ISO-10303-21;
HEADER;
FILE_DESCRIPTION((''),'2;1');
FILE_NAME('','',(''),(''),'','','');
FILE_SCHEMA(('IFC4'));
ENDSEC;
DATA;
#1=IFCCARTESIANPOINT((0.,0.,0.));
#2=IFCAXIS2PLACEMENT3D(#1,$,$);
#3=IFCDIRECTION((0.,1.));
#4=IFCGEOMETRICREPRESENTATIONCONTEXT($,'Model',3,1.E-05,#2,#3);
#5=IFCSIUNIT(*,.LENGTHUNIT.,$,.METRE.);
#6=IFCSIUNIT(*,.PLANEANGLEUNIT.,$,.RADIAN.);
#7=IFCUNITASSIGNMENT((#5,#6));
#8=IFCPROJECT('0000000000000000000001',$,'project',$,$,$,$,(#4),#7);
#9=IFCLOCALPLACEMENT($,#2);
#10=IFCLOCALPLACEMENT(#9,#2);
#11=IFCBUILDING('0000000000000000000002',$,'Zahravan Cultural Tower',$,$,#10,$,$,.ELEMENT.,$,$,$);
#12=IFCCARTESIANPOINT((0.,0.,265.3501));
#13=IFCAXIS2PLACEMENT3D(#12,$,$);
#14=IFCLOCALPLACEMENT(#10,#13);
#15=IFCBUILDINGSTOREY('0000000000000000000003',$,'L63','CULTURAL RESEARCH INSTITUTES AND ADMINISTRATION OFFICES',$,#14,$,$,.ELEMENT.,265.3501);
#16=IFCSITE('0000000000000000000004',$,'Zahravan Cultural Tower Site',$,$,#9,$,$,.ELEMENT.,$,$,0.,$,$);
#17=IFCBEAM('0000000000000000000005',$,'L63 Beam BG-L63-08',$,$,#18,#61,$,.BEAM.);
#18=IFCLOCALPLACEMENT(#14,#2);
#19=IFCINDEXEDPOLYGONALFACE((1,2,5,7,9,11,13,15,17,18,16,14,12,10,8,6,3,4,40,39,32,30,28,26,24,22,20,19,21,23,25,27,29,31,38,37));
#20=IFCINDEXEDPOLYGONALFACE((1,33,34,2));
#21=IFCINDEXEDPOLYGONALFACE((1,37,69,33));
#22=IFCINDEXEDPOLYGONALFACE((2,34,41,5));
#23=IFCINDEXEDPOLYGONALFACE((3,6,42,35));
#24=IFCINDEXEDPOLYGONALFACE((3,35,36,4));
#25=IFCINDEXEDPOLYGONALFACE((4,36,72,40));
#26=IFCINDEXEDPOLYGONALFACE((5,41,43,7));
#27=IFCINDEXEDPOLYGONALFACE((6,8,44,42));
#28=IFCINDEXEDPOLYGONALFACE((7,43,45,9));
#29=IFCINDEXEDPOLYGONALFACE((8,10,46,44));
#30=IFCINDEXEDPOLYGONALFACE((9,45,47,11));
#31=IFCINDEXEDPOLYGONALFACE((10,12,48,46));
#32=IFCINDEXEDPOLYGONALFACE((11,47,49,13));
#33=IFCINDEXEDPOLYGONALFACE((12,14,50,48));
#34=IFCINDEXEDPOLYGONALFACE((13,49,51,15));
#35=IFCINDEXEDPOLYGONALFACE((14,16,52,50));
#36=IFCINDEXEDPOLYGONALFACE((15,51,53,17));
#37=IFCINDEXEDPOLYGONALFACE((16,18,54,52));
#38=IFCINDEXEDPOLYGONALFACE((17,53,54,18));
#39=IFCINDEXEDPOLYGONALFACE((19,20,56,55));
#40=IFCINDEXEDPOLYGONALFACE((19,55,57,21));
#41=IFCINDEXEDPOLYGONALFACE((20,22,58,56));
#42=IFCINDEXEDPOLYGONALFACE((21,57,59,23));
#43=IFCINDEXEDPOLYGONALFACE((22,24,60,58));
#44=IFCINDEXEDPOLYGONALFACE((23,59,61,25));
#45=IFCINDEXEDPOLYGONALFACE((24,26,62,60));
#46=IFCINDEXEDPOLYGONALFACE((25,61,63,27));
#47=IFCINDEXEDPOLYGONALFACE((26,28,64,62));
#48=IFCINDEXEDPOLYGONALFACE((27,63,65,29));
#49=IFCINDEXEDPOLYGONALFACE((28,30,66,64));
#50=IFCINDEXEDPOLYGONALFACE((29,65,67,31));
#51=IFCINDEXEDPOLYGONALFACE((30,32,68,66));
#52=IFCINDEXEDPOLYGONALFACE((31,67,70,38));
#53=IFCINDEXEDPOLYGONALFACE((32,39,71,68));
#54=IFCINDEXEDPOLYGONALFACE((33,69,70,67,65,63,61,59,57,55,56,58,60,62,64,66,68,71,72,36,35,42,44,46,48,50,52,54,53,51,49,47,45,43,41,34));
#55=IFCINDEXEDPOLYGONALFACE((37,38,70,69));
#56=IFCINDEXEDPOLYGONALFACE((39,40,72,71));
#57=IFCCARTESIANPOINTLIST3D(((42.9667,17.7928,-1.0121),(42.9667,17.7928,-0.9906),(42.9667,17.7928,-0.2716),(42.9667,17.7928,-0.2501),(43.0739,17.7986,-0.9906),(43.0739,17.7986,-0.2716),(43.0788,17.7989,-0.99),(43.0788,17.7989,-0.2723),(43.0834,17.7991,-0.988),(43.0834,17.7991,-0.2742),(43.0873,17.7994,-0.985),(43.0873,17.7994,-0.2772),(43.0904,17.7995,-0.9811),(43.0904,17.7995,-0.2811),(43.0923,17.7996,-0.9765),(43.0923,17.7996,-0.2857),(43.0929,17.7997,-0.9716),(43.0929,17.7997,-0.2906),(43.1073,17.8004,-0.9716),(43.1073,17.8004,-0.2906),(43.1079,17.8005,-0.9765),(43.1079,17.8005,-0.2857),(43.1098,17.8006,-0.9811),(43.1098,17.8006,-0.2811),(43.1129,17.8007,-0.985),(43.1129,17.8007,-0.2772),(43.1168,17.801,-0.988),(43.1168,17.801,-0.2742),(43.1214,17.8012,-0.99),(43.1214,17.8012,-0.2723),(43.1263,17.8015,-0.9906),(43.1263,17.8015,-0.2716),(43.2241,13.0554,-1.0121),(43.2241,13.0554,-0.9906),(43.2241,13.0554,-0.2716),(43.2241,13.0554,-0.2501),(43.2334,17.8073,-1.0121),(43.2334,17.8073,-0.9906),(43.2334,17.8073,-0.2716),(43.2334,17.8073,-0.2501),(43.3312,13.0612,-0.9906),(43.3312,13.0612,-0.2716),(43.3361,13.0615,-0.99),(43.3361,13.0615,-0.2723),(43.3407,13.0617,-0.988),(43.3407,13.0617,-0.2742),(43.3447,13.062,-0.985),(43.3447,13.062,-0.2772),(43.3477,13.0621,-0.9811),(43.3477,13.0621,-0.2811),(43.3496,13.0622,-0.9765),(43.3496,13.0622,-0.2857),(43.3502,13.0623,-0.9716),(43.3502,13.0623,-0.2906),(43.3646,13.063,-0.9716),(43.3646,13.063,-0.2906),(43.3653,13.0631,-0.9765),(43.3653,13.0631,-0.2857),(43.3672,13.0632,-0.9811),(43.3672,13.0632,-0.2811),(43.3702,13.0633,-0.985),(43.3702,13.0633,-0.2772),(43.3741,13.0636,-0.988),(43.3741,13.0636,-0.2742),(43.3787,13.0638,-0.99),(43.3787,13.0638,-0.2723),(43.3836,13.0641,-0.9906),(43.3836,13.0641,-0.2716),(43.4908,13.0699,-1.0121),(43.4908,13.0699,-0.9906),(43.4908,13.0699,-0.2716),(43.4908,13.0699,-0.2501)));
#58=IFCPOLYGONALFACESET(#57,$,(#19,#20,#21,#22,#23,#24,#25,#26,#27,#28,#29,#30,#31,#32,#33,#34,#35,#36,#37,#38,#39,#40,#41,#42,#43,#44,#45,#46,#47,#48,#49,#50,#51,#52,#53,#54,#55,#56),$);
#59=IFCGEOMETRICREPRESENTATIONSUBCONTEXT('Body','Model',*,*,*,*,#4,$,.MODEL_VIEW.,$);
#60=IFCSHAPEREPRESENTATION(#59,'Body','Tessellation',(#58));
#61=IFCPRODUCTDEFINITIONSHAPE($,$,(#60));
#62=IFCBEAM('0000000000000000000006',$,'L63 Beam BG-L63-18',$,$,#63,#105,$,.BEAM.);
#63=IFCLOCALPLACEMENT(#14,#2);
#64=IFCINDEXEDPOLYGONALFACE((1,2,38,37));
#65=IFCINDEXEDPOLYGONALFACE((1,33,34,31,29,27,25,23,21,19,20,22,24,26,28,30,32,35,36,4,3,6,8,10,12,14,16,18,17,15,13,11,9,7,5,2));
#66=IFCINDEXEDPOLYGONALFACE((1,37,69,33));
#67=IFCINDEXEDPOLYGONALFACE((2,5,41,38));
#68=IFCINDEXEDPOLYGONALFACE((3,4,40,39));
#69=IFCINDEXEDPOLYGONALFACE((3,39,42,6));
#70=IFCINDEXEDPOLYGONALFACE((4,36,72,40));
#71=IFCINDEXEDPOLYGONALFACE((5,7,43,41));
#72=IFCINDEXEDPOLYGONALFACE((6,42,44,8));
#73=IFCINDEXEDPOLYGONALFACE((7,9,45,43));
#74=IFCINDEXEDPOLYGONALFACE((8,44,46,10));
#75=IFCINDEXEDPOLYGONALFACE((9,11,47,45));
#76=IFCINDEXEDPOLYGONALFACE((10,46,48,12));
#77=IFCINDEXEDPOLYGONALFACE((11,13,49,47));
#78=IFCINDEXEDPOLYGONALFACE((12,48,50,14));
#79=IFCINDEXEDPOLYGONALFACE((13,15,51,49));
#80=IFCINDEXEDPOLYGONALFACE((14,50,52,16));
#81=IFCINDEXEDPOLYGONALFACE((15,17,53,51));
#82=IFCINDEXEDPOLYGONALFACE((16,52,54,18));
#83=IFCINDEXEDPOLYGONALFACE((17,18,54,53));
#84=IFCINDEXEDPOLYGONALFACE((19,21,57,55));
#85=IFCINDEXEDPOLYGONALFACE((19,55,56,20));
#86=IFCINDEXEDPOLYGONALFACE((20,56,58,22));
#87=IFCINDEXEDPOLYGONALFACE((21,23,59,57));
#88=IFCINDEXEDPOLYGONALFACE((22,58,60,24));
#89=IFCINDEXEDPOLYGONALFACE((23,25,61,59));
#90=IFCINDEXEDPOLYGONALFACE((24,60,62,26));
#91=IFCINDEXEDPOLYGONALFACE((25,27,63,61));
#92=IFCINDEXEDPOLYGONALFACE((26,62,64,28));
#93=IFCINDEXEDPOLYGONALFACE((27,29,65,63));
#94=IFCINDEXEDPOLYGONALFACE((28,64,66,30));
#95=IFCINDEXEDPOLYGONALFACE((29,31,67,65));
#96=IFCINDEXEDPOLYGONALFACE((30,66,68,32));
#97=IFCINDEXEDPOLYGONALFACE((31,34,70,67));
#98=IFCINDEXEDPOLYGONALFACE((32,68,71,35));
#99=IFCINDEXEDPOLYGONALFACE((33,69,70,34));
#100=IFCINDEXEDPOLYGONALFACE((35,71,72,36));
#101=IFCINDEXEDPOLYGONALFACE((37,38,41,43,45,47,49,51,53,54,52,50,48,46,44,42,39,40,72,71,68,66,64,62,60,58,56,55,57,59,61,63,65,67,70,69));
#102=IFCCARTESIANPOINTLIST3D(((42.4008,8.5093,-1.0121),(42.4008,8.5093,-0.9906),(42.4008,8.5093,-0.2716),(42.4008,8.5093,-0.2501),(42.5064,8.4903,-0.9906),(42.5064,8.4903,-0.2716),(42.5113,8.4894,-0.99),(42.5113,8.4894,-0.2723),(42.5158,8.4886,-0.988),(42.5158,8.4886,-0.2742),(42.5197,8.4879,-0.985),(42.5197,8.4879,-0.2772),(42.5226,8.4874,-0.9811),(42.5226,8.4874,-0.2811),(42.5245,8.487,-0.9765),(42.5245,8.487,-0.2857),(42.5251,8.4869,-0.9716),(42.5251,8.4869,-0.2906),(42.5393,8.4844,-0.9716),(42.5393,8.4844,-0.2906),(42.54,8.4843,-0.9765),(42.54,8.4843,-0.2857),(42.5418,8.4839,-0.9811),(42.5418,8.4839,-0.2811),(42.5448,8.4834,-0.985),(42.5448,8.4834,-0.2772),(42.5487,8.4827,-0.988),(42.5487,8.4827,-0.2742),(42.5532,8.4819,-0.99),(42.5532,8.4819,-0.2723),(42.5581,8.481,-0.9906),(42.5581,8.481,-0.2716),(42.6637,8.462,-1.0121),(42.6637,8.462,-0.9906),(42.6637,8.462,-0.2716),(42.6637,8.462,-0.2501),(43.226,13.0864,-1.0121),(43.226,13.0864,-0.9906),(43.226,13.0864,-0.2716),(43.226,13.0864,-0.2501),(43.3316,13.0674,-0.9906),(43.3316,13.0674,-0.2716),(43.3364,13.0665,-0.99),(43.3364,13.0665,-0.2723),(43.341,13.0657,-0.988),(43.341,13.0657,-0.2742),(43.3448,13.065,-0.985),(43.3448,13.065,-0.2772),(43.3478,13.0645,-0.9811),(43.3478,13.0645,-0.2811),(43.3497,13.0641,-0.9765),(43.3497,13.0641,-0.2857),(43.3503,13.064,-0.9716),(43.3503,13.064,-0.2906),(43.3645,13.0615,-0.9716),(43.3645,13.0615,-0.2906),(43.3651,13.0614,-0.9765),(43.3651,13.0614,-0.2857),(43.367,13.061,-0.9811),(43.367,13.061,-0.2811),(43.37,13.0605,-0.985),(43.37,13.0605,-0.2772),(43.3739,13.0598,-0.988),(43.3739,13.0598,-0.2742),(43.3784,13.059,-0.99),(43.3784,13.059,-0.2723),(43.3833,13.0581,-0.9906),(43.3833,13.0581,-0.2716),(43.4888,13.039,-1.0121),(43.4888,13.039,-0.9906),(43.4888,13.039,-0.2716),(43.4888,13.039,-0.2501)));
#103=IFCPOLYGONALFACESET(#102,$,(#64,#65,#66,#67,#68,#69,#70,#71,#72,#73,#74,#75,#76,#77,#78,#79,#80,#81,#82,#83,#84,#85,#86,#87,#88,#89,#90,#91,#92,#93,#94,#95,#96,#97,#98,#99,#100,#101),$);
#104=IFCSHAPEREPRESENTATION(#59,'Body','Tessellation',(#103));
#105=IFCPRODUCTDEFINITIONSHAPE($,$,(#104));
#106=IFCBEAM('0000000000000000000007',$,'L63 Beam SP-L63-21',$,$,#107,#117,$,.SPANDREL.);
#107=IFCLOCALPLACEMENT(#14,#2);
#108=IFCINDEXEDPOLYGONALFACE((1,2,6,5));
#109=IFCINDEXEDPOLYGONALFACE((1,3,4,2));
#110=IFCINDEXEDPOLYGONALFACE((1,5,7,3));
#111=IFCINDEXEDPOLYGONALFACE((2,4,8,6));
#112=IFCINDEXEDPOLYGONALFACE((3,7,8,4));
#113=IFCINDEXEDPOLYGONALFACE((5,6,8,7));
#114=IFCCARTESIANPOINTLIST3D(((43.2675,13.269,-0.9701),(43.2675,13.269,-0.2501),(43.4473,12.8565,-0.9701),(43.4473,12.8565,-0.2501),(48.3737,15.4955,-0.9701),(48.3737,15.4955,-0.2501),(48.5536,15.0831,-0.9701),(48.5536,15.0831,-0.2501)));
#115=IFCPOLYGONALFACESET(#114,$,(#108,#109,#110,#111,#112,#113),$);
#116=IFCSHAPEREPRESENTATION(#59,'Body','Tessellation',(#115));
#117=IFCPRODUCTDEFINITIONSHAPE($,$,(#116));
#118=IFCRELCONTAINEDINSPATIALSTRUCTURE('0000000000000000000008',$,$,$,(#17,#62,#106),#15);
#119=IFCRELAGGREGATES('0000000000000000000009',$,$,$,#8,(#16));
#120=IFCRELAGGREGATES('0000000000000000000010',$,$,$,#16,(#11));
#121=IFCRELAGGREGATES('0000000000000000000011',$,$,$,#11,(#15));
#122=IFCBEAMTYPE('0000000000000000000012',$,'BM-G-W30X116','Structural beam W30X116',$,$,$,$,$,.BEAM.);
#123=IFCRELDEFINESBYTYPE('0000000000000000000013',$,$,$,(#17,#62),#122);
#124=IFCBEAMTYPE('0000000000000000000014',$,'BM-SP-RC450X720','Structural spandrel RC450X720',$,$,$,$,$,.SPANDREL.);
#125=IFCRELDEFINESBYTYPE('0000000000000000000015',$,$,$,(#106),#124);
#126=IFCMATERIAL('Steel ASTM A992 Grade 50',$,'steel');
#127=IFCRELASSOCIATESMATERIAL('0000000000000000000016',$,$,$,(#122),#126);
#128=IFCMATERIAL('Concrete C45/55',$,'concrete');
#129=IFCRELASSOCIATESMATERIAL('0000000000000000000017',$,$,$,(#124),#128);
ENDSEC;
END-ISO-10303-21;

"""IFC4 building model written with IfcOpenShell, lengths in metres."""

from ifc_helpers import new_model, si_unit, direction, frame, origin, origin_2d, place, context, subcontext, project, spatial, rectangle, i_section, extrude, source, transform, mapped, material, material_profile, profile_set, type_object, element, save


model = new_model("IFC4")

# Units and contexts
model_context = context("Model", 3, precision=1e-05, world=origin(), true_north=direction((0.0, 1.0)))
body_context = subcontext(model_context, "Body", "Model", "MODEL_VIEW")
ifc_project = project(units=[si_unit("LENGTHUNIT", "METRE"), si_unit("PLANEANGLEUNIT", "RADIAN")], contexts=[model_context])

# Site, building, storey
site_placement = place(None, origin())
site = spatial("IfcSite", under=ifc_project, at=site_placement, Name="Zahravan Cultural Tower Site", CompositionType="ELEMENT", RefElevation=0.0)
building_placement = place(site_placement, origin())
building = spatial("IfcBuilding", under=site, at=building_placement, Name="Zahravan Cultural Tower", CompositionType="ELEMENT")
storey_placement = place(building_placement, frame((0.0, 0.0, 265.3501)))
storey = spatial("IfcBuildingStorey", under=building, at=storey_placement, Name="L63", Description="CULTURAL RESEARCH INSTITUTES AND ADMINISTRATION OFFICES", CompositionType="ELEMENT", Elevation=265.3501)

# Shared definitions
ifc_material_1 = material(Name="Steel ASTM A992 Grade 50", Category="steel")

# Beams
ifc_material_profile_1 = material_profile(ifc_material_1, i_section(OverallWidth=0.2671, OverallDepth=0.762, WebThickness=0.0144, FlangeThickness=0.0215, FilletRadius=0.019, at=origin_2d()), Name="W30X116")
ifc_profile_set_1 = profile_set([ifc_material_profile_1], Name="Steel ASTM A992 Grade 50")
beam_type_1 = type_object("IfcBeamType", Name="BM-G-W30X116", Description="Structural beam W30X116", PredefinedType="BEAM", material=ifc_profile_set_1)
shared_shape_1 = source(origin(), body_context, "Body", "SweptSolid", [
    extrude(i_section(OverallWidth=0.2671, OverallDepth=0.762, WebThickness=0.0144, FlangeThickness=0.0215, FilletRadius=0.019, at=origin_2d()), origin(), (0.0, 0.0, 1.0), 4.7444),
])
beam_1_placement = place(storey_placement, frame((43.1001, 17.8, -0.6311), z_axis=(0.054239, -0.998528, 0.0), x_axis=(0.998528, 0.054239, 0.0)))
element("IfcBeam", 1, at=beam_1_placement, inside=storey, type_object=beam_type_1, Name="L63 Beam BG-L63-08", PredefinedType="BEAM", context=body_context, shape_type="MappedRepresentation", body=[
    mapped(shared_shape_1, transform((0.0, 0.0, 0.0), x_axis=(1.0, 0.0, 0.0), y_axis=(0.0, 1.0, 0.0), z_axis=(0.0, 0.0, 1.0), scale=1.0)),
])
shared_shape_2 = source(origin(), body_context, "Body", "SweptSolid", [
    extrude(i_section(OverallWidth=0.2671, OverallDepth=0.762, WebThickness=0.0144, FlangeThickness=0.0215, FilletRadius=0.019, at=origin_2d()), origin(), (0.0, 0.0, 1.0), 4.6509),
])
beam_2_placement = place(storey_placement, frame((43.3574, 13.0627, -0.6311), z_axis=(-0.177426, -0.984134, 0.0), x_axis=(0.984134, -0.177426, 0.0)))
element("IfcBeam", 2, at=beam_2_placement, inside=storey, type_object=beam_type_1, Name="L63 Beam BG-L63-18", PredefinedType="BEAM", context=body_context, shape_type="MappedRepresentation", body=[
    mapped(shared_shape_2, transform((0.0, 0.0, 0.0), x_axis=(1.0, 0.0, 0.0), y_axis=(0.0, 1.0, 0.0), z_axis=(0.0, 0.0, 1.0), scale=1.0)),
])
ifc_material_2 = material(Name="Concrete C45/55", Category="concrete")
ifc_material_profile_2 = material_profile(ifc_material_2, rectangle(XDim=0.45, YDim=0.72, at=origin_2d()), Name="RC450X720")
ifc_profile_set_2 = profile_set([ifc_material_profile_2], Name="Concrete C45/55")
beam_type_2 = type_object("IfcBeamType", Name="BM-SP-RC450X720", Description="Structural spandrel RC450X720", PredefinedType="SPANDREL", material=ifc_profile_set_2)
shared_shape_3 = source(origin(), body_context, "Body", "SweptSolid", [
    extrude(rectangle(XDim=0.45, YDim=0.72, at=origin_2d()), origin(), (0.0, 0.0, 1.0), 5.5706),
])
beam_3_placement = place(storey_placement, frame((43.3574, 13.0627, -0.6101), z_axis=(0.916645, 0.399703, 0.0), x_axis=(-0.399703, 0.916645, 0.0)))
element("IfcBeam", 3, at=beam_3_placement, inside=storey, type_object=beam_type_2, Name="L63 Beam SP-L63-21", PredefinedType="SPANDREL", context=body_context, shape_type="MappedRepresentation", body=[
    mapped(shared_shape_3, transform((0.0, 0.0, 0.0), x_axis=(1.0, 0.0, 0.0), y_axis=(0.0, 1.0, 0.0), z_axis=(0.0, 0.0, 1.0), scale=1.0)),
])

save(model, "model.ifc")
